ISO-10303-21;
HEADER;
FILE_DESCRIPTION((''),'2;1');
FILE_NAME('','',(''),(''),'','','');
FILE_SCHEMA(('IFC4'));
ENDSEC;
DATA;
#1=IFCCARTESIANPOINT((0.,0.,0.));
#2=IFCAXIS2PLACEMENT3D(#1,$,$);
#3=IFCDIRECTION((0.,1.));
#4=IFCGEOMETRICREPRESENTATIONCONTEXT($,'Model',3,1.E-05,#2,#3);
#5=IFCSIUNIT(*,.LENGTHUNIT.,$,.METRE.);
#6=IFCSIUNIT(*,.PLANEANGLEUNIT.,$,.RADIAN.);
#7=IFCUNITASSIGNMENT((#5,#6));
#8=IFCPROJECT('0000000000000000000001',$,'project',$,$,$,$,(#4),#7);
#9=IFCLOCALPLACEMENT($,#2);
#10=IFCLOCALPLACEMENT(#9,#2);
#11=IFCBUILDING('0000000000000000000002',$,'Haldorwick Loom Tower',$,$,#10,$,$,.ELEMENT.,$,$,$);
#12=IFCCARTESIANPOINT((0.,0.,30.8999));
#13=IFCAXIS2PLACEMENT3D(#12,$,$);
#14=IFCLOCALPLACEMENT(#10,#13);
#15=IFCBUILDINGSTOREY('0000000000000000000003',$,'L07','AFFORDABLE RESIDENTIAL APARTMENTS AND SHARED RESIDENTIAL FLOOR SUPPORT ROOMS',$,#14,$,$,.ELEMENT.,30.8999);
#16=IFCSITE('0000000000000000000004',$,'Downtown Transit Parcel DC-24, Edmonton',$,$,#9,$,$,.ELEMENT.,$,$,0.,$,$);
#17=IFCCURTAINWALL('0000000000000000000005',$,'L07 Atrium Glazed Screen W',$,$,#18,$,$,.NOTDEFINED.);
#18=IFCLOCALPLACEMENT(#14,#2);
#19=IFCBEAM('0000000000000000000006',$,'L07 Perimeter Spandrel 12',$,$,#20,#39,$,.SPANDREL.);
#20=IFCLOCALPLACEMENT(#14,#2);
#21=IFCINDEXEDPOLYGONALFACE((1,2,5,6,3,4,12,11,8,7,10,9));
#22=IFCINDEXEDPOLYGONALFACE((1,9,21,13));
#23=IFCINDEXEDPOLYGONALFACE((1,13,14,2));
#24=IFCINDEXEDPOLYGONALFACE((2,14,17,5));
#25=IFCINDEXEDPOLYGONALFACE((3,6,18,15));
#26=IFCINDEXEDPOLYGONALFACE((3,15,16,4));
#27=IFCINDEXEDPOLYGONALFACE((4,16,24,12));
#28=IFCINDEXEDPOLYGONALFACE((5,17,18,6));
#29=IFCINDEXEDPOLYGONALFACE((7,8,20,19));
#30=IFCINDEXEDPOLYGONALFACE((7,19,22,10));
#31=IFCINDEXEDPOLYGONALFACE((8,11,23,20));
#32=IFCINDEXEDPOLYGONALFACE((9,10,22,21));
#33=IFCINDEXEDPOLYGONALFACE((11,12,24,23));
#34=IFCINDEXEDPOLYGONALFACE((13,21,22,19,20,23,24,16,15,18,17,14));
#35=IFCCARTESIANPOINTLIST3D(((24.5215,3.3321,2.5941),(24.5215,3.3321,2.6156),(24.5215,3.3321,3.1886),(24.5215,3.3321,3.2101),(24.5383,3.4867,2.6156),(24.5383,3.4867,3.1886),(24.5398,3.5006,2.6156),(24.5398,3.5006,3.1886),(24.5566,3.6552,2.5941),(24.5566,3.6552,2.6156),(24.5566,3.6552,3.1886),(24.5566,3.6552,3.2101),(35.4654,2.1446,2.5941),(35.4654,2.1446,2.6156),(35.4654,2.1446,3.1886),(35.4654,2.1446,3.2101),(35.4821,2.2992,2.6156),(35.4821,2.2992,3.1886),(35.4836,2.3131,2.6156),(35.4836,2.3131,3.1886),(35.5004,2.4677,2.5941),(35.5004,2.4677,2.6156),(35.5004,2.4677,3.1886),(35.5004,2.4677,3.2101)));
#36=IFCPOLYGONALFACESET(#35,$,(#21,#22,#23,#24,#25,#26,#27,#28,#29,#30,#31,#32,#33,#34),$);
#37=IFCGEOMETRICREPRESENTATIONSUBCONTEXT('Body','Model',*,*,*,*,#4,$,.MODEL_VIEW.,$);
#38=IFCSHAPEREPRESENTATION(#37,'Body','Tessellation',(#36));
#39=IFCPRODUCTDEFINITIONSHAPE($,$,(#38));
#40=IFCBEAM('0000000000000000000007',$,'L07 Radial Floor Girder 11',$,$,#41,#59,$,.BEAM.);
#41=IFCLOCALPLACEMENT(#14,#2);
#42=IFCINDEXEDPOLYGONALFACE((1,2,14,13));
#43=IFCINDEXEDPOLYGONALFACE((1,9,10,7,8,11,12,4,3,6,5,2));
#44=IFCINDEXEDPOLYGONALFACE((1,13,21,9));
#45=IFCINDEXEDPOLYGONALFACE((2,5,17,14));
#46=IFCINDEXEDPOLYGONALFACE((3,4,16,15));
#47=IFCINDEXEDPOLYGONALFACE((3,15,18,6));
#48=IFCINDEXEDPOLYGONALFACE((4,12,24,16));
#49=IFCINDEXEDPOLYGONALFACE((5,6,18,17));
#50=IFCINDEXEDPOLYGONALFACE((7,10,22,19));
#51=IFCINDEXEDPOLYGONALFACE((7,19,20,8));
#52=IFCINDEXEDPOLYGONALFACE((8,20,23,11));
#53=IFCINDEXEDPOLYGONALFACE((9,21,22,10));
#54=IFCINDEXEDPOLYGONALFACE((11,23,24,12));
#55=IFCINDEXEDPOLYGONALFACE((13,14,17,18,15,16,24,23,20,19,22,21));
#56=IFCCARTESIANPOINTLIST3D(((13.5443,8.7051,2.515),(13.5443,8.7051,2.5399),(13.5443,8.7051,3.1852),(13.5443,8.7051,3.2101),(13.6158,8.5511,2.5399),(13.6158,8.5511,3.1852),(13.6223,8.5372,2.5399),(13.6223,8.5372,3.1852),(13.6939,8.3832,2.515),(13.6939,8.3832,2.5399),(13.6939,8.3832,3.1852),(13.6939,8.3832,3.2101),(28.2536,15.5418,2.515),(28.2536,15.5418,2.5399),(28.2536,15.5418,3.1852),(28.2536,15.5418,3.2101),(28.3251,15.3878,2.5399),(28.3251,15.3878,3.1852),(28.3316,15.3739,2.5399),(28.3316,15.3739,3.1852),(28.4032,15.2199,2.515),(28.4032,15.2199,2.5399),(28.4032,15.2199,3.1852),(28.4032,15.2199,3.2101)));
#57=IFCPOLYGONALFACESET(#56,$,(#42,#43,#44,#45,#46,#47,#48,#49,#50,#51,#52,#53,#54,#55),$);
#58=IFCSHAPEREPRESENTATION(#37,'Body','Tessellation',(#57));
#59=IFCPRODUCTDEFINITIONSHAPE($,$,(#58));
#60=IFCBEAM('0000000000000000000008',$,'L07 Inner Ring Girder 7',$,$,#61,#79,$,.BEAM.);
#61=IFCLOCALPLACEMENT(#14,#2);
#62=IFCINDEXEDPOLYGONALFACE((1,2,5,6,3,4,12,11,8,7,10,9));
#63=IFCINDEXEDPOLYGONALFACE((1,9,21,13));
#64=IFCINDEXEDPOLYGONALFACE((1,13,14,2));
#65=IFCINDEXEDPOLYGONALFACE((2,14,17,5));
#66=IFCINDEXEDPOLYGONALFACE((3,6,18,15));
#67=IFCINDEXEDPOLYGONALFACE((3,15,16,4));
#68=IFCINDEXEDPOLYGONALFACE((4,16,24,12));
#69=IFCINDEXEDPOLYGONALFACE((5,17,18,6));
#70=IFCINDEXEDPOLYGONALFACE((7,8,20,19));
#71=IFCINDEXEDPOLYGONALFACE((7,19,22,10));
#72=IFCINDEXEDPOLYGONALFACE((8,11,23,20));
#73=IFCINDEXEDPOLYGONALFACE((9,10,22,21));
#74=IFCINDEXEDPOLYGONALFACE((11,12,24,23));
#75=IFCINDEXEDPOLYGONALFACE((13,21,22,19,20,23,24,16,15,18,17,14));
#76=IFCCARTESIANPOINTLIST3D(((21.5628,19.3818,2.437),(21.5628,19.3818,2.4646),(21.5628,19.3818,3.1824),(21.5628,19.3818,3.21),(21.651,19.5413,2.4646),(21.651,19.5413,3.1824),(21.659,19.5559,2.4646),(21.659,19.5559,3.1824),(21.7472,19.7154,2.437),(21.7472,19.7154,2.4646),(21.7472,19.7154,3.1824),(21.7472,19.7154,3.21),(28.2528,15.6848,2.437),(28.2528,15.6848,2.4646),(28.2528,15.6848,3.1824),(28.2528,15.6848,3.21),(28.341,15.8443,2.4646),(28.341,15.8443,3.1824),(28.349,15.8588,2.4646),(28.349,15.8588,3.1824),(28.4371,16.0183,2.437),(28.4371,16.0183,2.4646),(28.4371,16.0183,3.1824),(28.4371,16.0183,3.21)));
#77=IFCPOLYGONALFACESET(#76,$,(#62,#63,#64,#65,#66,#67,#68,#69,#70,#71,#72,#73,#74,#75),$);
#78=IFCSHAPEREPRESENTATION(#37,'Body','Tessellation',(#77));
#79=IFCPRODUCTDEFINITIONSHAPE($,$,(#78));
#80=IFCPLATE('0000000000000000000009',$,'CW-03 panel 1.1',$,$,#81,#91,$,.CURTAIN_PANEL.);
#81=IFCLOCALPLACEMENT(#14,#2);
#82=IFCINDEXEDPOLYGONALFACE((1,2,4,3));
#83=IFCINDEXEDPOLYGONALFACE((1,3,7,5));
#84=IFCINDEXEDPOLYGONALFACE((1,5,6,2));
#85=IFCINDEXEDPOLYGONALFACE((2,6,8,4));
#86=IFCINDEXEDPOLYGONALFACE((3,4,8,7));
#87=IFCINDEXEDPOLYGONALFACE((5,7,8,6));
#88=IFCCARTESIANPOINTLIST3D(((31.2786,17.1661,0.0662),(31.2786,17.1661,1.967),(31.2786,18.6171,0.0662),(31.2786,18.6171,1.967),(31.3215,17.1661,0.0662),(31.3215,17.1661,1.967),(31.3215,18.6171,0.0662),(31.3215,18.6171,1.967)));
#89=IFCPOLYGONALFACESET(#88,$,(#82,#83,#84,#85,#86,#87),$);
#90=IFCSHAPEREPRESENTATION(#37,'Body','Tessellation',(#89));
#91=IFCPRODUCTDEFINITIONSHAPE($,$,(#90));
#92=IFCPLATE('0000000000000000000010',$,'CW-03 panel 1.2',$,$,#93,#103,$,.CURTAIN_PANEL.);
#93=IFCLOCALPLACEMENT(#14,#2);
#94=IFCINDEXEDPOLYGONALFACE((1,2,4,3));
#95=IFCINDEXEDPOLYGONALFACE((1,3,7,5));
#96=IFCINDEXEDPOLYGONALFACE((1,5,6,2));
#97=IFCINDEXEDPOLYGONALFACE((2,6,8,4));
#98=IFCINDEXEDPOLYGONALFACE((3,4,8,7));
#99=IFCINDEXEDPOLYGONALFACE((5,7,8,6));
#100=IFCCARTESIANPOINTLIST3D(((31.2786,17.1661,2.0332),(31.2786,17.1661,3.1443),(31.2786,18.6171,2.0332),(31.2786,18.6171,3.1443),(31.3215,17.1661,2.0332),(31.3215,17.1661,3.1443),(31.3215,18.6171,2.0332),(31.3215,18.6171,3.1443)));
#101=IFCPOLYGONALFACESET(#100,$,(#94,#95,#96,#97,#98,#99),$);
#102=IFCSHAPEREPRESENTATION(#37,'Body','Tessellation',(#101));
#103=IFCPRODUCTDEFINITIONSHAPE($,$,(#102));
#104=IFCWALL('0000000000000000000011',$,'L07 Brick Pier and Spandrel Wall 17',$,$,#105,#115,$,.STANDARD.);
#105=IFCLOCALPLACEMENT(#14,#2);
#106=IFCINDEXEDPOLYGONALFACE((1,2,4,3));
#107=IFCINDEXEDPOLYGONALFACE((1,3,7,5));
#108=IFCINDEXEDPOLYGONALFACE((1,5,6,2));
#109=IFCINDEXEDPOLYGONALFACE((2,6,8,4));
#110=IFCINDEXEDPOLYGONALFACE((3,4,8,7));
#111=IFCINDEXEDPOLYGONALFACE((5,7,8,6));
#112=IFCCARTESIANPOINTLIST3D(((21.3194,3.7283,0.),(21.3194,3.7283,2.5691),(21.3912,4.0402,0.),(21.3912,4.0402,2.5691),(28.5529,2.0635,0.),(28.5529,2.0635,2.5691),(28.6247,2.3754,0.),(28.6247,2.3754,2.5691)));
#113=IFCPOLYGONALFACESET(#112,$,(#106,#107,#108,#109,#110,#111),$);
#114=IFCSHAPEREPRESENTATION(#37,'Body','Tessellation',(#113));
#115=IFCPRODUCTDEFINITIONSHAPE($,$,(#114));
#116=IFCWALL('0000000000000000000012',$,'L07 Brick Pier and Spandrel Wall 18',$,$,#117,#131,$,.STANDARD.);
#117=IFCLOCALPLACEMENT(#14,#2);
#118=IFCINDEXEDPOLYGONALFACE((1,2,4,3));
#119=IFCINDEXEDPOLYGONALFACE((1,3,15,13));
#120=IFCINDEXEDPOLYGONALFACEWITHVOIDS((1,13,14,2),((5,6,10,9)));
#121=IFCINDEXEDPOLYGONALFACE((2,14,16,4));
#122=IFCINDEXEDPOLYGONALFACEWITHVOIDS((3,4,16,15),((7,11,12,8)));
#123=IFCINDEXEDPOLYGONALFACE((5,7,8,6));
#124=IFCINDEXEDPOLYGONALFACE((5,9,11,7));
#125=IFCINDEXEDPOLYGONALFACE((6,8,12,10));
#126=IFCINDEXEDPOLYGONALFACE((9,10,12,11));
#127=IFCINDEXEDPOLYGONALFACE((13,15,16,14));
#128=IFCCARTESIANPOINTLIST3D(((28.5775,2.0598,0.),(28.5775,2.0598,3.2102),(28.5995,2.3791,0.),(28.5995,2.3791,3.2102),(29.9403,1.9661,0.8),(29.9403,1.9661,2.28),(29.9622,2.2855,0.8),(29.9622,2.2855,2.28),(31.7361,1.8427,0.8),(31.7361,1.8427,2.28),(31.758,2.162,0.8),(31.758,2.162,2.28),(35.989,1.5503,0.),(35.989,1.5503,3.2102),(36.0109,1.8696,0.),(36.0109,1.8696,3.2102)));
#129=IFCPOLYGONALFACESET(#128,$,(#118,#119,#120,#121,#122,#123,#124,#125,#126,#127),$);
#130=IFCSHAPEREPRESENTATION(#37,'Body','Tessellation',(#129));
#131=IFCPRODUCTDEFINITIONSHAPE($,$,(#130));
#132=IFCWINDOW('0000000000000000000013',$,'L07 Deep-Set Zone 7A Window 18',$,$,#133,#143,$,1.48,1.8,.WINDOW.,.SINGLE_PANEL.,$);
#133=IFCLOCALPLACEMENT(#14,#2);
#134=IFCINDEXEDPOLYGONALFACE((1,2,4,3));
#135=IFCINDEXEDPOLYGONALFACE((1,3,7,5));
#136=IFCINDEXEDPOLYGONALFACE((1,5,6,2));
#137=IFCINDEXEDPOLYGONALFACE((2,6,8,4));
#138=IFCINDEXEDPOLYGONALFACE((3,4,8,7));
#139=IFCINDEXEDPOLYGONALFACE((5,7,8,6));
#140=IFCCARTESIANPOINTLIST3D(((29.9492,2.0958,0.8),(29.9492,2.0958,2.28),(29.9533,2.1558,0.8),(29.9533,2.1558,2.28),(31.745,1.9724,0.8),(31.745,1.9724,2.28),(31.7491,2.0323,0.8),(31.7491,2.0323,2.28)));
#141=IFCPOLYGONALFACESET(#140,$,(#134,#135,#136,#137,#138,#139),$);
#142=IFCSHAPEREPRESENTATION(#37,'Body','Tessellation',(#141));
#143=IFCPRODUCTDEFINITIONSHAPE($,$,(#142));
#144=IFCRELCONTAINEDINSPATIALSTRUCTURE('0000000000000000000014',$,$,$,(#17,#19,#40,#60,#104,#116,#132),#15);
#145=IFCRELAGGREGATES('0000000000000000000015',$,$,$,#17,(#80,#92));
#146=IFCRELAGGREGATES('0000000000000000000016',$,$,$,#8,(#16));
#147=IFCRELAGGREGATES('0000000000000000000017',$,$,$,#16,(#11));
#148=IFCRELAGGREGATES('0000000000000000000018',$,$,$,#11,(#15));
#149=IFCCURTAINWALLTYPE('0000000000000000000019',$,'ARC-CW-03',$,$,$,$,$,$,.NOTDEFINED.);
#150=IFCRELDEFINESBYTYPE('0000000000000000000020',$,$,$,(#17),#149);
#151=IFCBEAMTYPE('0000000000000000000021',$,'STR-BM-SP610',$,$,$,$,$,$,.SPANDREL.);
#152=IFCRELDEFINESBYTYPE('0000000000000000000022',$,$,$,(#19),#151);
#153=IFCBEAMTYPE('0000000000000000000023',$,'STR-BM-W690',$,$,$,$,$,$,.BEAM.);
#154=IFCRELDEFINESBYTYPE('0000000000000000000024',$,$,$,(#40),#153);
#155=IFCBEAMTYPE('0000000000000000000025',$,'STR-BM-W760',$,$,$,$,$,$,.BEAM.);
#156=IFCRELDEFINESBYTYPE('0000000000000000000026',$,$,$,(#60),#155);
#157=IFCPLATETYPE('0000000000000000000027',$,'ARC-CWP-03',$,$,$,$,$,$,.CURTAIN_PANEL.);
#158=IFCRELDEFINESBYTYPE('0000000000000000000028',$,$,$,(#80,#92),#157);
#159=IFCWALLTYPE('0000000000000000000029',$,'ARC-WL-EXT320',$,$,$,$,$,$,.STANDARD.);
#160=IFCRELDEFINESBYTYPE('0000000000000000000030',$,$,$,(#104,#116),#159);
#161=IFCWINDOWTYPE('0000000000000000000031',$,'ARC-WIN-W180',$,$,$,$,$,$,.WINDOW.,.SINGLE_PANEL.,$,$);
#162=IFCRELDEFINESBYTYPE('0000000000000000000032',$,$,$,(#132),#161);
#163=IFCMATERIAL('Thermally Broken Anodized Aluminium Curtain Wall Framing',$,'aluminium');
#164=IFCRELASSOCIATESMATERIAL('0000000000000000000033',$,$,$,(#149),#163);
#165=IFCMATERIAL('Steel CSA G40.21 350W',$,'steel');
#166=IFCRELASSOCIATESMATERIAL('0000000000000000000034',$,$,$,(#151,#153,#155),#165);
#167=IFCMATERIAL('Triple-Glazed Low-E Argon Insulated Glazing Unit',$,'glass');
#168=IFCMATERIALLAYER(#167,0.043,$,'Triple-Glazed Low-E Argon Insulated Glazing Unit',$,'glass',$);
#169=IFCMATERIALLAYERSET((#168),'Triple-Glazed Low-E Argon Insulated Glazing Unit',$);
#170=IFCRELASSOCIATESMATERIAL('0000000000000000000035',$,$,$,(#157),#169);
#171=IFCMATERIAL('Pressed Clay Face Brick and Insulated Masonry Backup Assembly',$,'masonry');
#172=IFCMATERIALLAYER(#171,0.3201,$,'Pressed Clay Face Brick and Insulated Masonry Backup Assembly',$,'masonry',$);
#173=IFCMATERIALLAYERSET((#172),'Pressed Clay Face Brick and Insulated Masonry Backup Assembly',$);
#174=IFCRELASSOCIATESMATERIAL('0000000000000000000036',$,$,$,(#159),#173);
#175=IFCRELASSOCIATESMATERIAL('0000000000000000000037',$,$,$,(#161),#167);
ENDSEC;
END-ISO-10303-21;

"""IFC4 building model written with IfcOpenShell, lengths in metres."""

from ifc_helpers import new_model, si_unit, direction, frame, frame_2d, origin, origin_2d, place, context, subcontext, project, spatial, rectangle, i_section, extrude, material, layer, layer_set, material_profile, profile_set, type_object, element, fill, aggregate, save


model = new_model("IFC4")

# Units and contexts
model_context = context("Model", 3, precision=1e-05, world=origin(), true_north=direction((0.0, 1.0)))
body_context = subcontext(model_context, "Body", "Model", "MODEL_VIEW")
ifc_project = project(units=[si_unit("LENGTHUNIT", "METRE"), si_unit("PLANEANGLEUNIT", "RADIAN")], contexts=[model_context])

# Site, building, storey
site_placement = place(None, origin())
site = spatial("IfcSite", under=ifc_project, at=site_placement, Name="Downtown Transit Parcel DC-24, Edmonton", CompositionType="ELEMENT", RefElevation=0.0)
building_placement = place(site_placement, origin())
building = spatial("IfcBuilding", under=site, at=building_placement, Name="Haldorwick Loom Tower", CompositionType="ELEMENT")
storey_placement = place(building_placement, frame((0.0, 0.0, 30.8999)))
storey = spatial("IfcBuildingStorey", under=building, at=storey_placement, Name="L07", Description="AFFORDABLE RESIDENTIAL APARTMENTS AND SHARED RESIDENTIAL FLOOR SUPPORT ROOMS", CompositionType="ELEMENT", Elevation=30.8999)

# Curtain wall
ifc_material_1 = material(Name="Thermally Broken Anodized Aluminium Curtain Wall Framing", Category="aluminium")
curtain_wall_type = type_object("IfcCurtainWallType", Name="ARC-CW-03", PredefinedType="NOTDEFINED", material=ifc_material_1)
curtain_wall_placement = place(storey_placement, origin())
curtain_wall = element("IfcCurtainWall", 1, at=curtain_wall_placement, inside=storey, type_object=curtain_wall_type, Name="L07 Atrium Glazed Screen W", PredefinedType="NOTDEFINED")

# Beams
ifc_material_2 = material(Name="Steel CSA G40.21 350W", Category="steel")
ifc_material_profile_1 = material_profile(ifc_material_2, i_section(OverallWidth=0.325, OverallDepth=0.616, WebThickness=0.0139, FlangeThickness=0.0215, at=origin_2d()), Name="W610X174", Category="steel")
ifc_profile_set_1 = profile_set([ifc_material_profile_1], Name="Steel CSA G40.21 350W")
beam_type_1 = type_object("IfcBeamType", Name="STR-BM-SP610", PredefinedType="SPANDREL", material=ifc_profile_set_1)
beam_1_placement = place(storey_placement, frame((24.5391, 3.4937, 2.9021), z_axis=(0.994164, -0.107875, 0.0), x_axis=(0.107875, 0.994164, 0.0)))
element("IfcBeam", 2, at=beam_1_placement, inside=storey, type_object=beam_type_1, Name="L07 Perimeter Spandrel 12", PredefinedType="SPANDREL", context=body_context, shape_type="SweptSolid", body=[
    extrude(i_section(OverallWidth=0.325, OverallDepth=0.616, WebThickness=0.0139, FlangeThickness=0.0215, at=origin_2d()), origin(), (0.0, 0.0, 1.0), 11.0081),
])
ifc_material_profile_2 = material_profile(ifc_material_2, i_section(OverallWidth=0.355, OverallDepth=0.6951, WebThickness=0.0154, FlangeThickness=0.0249, at=origin_2d()), Name="W690X217", Category="steel")
ifc_profile_set_2 = profile_set([ifc_material_profile_2], Name="Steel CSA G40.21 350W")
beam_type_2 = type_object("IfcBeamType", Name="STR-BM-W690", PredefinedType="BEAM", material=ifc_profile_set_2)
beam_2_placement = place(storey_placement, frame((28.3284, 15.3809, 2.8625), z_axis=(-0.906835, -0.421486, 0.0), x_axis=(0.421486, -0.906835, 0.0)))
element("IfcBeam", 3, at=beam_2_placement, inside=storey, type_object=beam_type_2, Name="L07 Radial Floor Girder 11", PredefinedType="BEAM", context=body_context, shape_type="SweptSolid", body=[
    extrude(i_section(OverallWidth=0.355, OverallDepth=0.6951, WebThickness=0.0154, FlangeThickness=0.0249, at=origin_2d()), origin(), (0.0, 0.0, 1.0), 16.2205),
])
ifc_material_profile_3 = material_profile(ifc_material_2, i_section(OverallWidth=0.3811, OverallDepth=0.7729, WebThickness=0.0166, FlangeThickness=0.0276, at=origin_2d()), Name="W760X257", Category="steel")
ifc_profile_set_3 = profile_set([ifc_material_profile_3], Name="Steel CSA G40.21 350W")
beam_type_3 = type_object("IfcBeamType", Name="STR-BM-W760", PredefinedType="BEAM", material=ifc_profile_set_3)
beam_3_placement = place(storey_placement, frame((28.345, 15.8516, 2.8235), z_axis=(-0.875244, 0.483681, 0.0), x_axis=(-0.483681, -0.875244, 0.0)))
element("IfcBeam", 4, at=beam_3_placement, inside=storey, type_object=beam_type_3, Name="L07 Inner Ring Girder 7", PredefinedType="BEAM", context=body_context, shape_type="SweptSolid", body=[
    extrude(i_section(OverallWidth=0.3811, OverallDepth=0.7729, WebThickness=0.0166, FlangeThickness=0.0276, at=origin_2d()), origin(), (0.0, 0.0, 1.0), 7.6436),
])

# Plates
ifc_material_3 = material(Name="Triple-Glazed Low-E Argon Insulated Glazing Unit", Category="glass")
ifc_layer_1 = layer(ifc_material_3, 0.043, Name="Triple-Glazed Low-E Argon Insulated Glazing Unit", Category="glass")
ifc_layer_set_1 = layer_set([ifc_layer_1], Name="Triple-Glazed Low-E Argon Insulated Glazing Unit")
plate_type = type_object("IfcPlateType", Name="ARC-CWP-03", PredefinedType="CURTAIN_PANEL", material=ifc_layer_set_1)
plate_1_placement = place(storey_placement, frame((31.3, 17.8916, 0.0662), z_axis=(0.0, 0.0, 1.0), x_axis=(0.0, 1.0, 0.0)))
plate_1 = element("IfcPlate", 5, at=plate_1_placement, type_object=plate_type, Name="CW-03 panel 1.1", PredefinedType="CURTAIN_PANEL", context=body_context, shape_type="SweptSolid", body=[
    extrude(rectangle(XDim=1.4509, YDim=0.043, at=origin_2d()), origin(), (0.0, 0.0, 1.0), 1.9009),
])
plate_2_placement = place(storey_placement, frame((31.3, 17.8916, 2.0332), z_axis=(0.0, 0.0, 1.0), x_axis=(0.0, 1.0, 0.0)))
plate_2 = element("IfcPlate", 6, at=plate_2_placement, type_object=plate_type, Name="CW-03 panel 1.2", PredefinedType="CURTAIN_PANEL", context=body_context, shape_type="SweptSolid", body=[
    extrude(rectangle(XDim=1.4509, YDim=0.043, at=origin_2d()), origin(), (0.0, 0.0, 1.0), 1.1111),
])
aggregate(curtain_wall, [plate_1, plate_2])

# Wall
ifc_material_4 = material(Name="Pressed Clay Face Brick and Insulated Masonry Backup Assembly", Category="masonry")
ifc_layer_2 = layer(ifc_material_4, 0.3201, Name="Pressed Clay Face Brick and Insulated Masonry Backup Assembly", Category="masonry")
ifc_layer_set_2 = layer_set([ifc_layer_2], Name="Pressed Clay Face Brick and Insulated Masonry Backup Assembly")
wall_type_1 = type_object("IfcWallType", Name="ARC-WL-EXT320", PredefinedType="STANDARD", material=ifc_layer_set_2)
wall_1_placement = place(storey_placement, frame((21.3552, 3.8843, 0.0), z_axis=(0.0, 0.0, 1.0), x_axis=(0.974522, -0.22429, 0.0)))
element("IfcWall", 7, at=wall_1_placement, inside=storey, type_object=wall_type_1, Name="L07 Brick Pier and Spandrel Wall 17", PredefinedType="STANDARD", context=body_context, shape_type="SweptSolid", body=[
    extrude(rectangle(XDim=7.4226, YDim=0.3201, at=frame_2d((3.7114, 0.0))), origin(), (0.0, 0.0, 1.0), 2.5691),
])

# Wall, opening, window
wall_2_placement = place(storey_placement, frame((28.5886, 2.2195, 0.0), z_axis=(0.0, 0.0, 1.0), x_axis=(0.997645, -0.068587, 0.0)))
wall_2 = element("IfcWall", 8, at=wall_2_placement, inside=storey, type_object=wall_type_1, Name="L07 Brick Pier and Spandrel Wall 18", PredefinedType="STANDARD", context=body_context, shape_type="SweptSolid", body=[
    extrude(rectangle(XDim=7.429, YDim=0.3201, at=frame_2d((3.7144, 0.0))), origin(), (0.0, 0.0, 1.0), 3.2102),
])
opening_1_placement = place(wall_2_placement, frame((1.366, 0.0, 0.8)))
opening_1 = element("IfcOpeningElement", 9, at=opening_1_placement, cuts=wall_2, PredefinedType="OPENING", context=body_context, shape_type="SweptSolid", body=[
    extrude(rectangle(XDim=1.8, YDim=1.48, at=frame_2d((0.8999, 0.74))), frame((0.0, 0.1699, 0.0), z_axis=(0.0, -1.0, 0.0), x_axis=(1.0, 0.0, 0.0)), (0.0, 0.0, 1.0), 0.3401),
])
window_type = type_object("IfcWindowType", Name="ARC-WIN-W180", PartitioningType="SINGLE_PANEL", PredefinedType="WINDOW", material=ifc_material_3)
window_placement = place(opening_1_placement, origin())
window = element("IfcWindow", 10, at=window_placement, inside=storey, type_object=window_type, Name="L07 Deep-Set Zone 7A Window 18", OverallHeight=1.48, OverallWidth=1.8, PartitioningType="SINGLE_PANEL", PredefinedType="WINDOW", context=body_context, shape_type="SweptSolid", body=[
    extrude(rectangle(XDim=1.8, YDim=1.48, at=frame_2d((0.8999, 0.74))), frame((0.0, 0.03, 0.0), z_axis=(0.0, -1.0, 0.0), x_axis=(1.0, 0.0, 0.0)), (0.0, 0.0, 1.0), 0.0601),
])
fill(opening_1, window)

save(model, "model.ifc")
